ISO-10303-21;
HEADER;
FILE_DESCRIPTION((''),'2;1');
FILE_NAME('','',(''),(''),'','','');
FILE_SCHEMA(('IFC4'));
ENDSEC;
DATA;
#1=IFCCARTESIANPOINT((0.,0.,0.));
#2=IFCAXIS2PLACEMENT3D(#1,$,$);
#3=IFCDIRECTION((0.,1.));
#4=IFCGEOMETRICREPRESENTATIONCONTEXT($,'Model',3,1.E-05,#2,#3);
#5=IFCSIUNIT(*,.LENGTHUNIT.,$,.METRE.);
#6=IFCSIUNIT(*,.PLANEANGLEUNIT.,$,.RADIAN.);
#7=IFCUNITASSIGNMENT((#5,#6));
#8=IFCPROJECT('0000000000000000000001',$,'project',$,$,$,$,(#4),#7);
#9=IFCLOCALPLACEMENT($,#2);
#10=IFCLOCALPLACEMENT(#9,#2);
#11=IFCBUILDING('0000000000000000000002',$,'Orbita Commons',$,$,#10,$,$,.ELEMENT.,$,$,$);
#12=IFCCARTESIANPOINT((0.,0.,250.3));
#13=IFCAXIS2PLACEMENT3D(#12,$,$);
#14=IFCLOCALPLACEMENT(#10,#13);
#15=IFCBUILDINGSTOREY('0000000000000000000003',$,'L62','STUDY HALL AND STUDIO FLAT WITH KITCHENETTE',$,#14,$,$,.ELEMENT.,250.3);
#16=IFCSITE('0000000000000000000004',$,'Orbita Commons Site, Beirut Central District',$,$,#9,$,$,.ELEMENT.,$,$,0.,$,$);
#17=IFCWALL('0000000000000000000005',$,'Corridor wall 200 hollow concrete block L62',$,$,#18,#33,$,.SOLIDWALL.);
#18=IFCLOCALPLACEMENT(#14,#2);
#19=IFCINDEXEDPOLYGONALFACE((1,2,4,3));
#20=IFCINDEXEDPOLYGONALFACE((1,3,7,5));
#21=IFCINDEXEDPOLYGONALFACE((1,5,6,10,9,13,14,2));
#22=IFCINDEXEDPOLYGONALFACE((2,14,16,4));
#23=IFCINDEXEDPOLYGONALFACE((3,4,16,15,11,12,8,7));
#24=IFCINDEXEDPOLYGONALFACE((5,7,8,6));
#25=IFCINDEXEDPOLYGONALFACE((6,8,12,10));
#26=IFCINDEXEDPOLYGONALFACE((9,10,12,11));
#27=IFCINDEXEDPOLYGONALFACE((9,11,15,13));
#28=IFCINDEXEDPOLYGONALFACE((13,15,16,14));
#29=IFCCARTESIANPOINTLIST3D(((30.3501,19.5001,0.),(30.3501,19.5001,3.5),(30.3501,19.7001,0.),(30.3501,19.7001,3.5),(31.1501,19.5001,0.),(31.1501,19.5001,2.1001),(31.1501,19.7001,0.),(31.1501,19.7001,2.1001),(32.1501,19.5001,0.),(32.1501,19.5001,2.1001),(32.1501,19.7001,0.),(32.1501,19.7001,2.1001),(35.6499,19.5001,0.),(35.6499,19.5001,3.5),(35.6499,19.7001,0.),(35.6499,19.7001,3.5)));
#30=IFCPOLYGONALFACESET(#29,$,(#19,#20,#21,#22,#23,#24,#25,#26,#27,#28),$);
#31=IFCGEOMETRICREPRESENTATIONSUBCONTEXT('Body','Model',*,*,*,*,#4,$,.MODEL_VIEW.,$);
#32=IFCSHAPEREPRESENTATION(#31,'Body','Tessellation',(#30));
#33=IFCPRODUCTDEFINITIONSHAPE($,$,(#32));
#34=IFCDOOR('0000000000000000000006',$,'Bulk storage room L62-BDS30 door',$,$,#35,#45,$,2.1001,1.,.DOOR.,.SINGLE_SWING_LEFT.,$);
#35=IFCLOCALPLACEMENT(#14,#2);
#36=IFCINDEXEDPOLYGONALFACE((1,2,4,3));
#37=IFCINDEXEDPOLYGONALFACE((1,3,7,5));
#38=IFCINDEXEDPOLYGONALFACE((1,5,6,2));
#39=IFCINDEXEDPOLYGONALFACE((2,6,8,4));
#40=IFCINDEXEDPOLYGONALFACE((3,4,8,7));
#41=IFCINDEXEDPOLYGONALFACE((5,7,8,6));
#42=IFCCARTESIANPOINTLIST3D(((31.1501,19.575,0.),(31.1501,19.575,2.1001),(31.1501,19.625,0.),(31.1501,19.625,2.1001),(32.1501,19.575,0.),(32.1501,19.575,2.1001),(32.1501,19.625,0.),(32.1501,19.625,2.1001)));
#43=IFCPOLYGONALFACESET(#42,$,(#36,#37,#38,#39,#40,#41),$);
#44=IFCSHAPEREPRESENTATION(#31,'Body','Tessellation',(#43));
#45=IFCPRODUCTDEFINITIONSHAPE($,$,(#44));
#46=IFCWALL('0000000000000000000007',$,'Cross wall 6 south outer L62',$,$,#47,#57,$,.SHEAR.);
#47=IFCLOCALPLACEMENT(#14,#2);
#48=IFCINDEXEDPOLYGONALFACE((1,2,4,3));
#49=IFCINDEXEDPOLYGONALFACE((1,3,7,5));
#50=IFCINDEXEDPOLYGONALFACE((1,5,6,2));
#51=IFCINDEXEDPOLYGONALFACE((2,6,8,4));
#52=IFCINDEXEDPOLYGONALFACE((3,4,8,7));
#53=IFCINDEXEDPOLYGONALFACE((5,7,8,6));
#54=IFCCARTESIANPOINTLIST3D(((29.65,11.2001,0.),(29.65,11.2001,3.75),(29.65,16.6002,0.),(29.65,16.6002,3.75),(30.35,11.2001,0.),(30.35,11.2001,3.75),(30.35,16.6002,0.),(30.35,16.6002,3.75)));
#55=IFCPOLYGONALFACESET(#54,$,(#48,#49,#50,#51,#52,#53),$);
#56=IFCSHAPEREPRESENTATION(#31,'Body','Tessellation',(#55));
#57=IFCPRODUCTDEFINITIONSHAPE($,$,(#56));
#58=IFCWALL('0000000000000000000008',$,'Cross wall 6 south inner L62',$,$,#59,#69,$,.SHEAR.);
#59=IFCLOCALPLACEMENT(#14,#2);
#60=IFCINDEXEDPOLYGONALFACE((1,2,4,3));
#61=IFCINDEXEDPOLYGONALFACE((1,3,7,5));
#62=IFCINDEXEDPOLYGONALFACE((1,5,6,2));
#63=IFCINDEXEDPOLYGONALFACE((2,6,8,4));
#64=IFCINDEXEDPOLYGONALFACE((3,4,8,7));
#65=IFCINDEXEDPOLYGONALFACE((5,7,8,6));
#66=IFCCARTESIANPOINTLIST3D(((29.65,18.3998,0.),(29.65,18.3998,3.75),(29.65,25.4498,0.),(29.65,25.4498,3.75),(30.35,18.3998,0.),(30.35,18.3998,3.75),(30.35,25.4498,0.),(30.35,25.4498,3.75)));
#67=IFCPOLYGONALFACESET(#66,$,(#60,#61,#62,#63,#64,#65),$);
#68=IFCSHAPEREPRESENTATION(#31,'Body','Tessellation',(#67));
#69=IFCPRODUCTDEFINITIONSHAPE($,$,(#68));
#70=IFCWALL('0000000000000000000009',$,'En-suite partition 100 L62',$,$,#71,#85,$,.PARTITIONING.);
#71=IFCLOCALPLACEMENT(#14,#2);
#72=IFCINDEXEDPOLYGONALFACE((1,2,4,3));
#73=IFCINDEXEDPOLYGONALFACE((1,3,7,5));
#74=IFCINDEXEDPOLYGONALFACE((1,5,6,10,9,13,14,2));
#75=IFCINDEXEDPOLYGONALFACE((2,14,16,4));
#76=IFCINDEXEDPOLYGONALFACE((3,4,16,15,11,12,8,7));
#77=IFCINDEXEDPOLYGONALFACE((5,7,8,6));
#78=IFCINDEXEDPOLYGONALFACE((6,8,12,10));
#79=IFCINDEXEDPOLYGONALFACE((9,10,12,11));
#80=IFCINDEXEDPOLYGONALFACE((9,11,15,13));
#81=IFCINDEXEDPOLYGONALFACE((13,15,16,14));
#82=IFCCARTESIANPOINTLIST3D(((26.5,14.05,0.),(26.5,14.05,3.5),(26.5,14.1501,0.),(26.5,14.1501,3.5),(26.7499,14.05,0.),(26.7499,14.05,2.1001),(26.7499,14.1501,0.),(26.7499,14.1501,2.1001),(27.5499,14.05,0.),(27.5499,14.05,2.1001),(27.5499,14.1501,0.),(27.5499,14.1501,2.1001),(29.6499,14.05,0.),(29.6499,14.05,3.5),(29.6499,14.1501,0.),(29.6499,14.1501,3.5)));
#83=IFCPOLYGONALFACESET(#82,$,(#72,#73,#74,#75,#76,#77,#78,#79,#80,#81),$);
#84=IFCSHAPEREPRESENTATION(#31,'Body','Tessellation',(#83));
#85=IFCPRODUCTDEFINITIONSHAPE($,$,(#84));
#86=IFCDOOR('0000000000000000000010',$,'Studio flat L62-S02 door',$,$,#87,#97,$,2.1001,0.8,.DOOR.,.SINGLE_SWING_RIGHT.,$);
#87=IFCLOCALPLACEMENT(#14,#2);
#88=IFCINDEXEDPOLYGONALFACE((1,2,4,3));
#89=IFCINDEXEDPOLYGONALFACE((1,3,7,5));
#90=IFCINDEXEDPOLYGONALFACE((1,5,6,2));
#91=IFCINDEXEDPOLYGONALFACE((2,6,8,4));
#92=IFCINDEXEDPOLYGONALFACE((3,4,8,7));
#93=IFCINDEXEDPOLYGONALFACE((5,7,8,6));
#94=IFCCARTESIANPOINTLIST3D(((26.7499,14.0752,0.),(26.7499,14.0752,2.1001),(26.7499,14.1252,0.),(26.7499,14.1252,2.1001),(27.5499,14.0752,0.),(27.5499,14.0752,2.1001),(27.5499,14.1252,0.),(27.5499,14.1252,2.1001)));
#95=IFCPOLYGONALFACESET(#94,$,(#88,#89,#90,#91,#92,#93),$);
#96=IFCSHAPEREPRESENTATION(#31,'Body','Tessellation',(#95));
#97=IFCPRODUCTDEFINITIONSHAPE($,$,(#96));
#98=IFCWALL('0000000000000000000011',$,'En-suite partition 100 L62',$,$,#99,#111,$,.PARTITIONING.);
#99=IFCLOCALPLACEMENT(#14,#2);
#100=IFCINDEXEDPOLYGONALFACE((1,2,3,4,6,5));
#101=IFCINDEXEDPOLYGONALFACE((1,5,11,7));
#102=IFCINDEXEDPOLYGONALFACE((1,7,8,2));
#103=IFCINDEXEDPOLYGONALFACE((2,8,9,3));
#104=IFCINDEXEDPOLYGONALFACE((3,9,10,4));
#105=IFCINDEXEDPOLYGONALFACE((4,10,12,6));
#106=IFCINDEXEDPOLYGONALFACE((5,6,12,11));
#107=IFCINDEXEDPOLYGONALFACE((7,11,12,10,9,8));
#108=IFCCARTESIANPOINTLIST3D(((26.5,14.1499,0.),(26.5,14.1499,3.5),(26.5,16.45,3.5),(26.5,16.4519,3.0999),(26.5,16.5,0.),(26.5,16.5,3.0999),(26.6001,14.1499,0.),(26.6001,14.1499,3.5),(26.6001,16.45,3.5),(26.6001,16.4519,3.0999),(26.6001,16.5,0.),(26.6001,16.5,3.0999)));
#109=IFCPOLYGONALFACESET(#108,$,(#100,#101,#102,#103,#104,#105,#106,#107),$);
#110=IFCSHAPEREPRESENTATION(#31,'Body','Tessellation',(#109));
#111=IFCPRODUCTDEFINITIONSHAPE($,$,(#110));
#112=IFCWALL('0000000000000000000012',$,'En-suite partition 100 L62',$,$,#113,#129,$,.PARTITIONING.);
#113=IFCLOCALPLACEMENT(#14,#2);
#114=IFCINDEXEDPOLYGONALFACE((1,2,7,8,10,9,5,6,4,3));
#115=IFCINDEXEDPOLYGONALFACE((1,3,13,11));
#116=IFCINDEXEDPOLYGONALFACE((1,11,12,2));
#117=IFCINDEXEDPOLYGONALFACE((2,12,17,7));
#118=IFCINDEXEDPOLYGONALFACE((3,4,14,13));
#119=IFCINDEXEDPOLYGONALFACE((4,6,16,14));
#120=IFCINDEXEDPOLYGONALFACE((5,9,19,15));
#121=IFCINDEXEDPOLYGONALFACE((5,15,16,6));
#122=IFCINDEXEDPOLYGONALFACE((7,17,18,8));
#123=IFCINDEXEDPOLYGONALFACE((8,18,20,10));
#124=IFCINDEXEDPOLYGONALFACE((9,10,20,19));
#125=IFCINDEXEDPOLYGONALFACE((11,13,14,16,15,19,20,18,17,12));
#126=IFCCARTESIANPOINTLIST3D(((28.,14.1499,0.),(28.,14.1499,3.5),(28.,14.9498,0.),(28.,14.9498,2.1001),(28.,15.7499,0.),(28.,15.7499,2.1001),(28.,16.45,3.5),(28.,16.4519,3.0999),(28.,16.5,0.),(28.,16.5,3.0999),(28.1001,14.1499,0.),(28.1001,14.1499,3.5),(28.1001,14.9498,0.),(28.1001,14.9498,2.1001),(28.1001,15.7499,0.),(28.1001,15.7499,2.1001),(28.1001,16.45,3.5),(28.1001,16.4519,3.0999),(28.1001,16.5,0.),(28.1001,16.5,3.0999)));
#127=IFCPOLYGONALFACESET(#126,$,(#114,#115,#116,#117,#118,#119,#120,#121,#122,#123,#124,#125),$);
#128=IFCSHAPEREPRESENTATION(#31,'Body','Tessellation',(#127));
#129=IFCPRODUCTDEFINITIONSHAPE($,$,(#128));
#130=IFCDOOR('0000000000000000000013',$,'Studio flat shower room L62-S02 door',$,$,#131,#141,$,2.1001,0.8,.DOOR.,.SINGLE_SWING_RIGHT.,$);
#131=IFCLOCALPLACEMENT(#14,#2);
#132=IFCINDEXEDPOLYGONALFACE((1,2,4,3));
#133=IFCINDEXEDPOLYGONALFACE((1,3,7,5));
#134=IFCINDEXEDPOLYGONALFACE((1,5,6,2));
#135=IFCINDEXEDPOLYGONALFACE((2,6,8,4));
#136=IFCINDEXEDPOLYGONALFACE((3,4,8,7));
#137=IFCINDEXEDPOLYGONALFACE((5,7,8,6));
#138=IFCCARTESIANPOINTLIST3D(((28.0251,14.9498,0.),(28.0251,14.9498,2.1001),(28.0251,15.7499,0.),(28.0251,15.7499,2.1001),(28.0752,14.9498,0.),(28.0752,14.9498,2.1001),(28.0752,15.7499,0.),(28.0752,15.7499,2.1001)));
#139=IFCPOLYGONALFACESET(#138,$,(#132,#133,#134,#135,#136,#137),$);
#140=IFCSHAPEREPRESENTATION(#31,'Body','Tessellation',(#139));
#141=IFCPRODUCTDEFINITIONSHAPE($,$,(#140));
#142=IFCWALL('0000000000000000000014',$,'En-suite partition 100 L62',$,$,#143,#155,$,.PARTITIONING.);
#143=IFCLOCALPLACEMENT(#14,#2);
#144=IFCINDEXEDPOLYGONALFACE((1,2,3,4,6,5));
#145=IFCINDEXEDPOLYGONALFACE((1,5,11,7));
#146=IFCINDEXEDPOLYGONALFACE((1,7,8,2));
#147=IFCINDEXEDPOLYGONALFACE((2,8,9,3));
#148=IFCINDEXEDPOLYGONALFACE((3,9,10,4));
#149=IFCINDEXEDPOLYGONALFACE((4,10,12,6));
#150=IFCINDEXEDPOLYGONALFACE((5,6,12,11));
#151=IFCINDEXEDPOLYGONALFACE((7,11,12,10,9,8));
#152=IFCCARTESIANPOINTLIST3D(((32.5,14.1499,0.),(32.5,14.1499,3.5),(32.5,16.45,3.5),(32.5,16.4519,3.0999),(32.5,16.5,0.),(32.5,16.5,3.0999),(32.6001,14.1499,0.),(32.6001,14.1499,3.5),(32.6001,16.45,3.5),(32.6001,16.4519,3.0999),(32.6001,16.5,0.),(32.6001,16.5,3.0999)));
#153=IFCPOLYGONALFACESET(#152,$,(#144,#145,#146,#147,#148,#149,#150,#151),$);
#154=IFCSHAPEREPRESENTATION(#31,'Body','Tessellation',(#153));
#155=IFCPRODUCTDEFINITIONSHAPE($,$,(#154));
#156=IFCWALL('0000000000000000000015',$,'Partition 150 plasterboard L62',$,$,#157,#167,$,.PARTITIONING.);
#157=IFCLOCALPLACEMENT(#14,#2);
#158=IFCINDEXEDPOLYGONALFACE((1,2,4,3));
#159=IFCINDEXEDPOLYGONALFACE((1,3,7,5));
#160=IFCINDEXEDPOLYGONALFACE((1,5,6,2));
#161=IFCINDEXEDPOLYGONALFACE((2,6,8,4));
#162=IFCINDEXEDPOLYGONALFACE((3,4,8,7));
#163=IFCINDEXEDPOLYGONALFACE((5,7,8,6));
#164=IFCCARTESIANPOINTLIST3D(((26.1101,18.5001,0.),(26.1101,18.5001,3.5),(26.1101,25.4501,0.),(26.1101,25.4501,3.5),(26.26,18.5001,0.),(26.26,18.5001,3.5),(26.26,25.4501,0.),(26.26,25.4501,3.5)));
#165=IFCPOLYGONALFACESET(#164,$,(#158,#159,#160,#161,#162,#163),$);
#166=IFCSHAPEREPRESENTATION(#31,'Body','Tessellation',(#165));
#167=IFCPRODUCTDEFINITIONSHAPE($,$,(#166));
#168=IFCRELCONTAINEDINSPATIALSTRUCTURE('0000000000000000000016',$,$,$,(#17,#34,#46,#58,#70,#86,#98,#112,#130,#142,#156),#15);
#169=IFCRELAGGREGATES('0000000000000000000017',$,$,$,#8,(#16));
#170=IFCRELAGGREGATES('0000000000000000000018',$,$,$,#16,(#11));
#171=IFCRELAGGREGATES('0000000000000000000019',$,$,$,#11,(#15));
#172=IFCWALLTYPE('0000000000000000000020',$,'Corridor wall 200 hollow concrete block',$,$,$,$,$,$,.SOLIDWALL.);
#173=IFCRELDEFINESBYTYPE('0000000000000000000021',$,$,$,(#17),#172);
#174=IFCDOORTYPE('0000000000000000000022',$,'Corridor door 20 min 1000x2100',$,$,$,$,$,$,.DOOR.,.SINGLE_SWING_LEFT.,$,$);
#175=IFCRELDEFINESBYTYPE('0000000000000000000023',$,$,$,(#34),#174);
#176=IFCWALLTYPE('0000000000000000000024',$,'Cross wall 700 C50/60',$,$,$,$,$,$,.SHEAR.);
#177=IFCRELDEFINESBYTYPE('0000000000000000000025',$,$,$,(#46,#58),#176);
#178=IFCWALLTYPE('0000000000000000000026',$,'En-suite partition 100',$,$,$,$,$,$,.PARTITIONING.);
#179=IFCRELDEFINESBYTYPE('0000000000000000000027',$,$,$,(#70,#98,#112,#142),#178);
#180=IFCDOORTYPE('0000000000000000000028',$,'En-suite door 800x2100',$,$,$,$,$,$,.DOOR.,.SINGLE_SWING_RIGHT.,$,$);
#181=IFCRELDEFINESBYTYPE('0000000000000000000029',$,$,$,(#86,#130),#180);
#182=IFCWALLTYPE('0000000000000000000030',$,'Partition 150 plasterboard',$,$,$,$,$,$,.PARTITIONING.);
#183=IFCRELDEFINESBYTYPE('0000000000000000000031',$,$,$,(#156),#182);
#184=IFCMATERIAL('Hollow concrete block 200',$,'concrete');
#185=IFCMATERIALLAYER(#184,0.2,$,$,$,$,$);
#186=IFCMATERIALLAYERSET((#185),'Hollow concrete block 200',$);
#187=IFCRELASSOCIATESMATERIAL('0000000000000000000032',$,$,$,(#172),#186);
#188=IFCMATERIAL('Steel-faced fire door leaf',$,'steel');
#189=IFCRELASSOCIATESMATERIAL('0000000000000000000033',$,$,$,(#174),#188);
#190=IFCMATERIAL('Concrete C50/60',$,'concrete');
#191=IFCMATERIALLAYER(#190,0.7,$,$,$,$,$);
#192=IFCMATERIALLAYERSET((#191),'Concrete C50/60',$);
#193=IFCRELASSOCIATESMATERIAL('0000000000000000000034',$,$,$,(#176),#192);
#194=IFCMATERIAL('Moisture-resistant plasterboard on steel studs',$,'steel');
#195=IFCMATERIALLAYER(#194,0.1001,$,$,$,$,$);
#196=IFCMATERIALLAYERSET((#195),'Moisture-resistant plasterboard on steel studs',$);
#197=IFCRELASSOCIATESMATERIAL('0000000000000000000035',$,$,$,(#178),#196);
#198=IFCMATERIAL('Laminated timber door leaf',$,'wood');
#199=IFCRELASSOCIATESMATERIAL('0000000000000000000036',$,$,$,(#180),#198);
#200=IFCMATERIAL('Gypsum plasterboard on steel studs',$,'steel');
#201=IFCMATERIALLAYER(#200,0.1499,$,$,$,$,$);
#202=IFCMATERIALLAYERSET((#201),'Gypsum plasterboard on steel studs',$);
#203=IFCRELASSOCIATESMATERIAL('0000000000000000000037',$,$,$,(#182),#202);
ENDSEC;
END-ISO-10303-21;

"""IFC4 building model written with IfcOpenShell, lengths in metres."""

from ifc_helpers import new_model, si_unit, direction, frame, frame_2d, origin, place, context, subcontext, project, spatial, polyline, rectangle, outline, extrude, material, layer, layer_set, type_object, element, fill, save


model = new_model("IFC4")

# Units and contexts
model_context = context("Model", 3, precision=1e-05, world=origin(), true_north=direction((0.0, 1.0)))
body_context = subcontext(model_context, "Body", "Model", "MODEL_VIEW")
ifc_project = project(units=[si_unit("LENGTHUNIT", "METRE"), si_unit("PLANEANGLEUNIT", "RADIAN")], contexts=[model_context])

# Site, building, storey
site_placement = place(None, origin())
site = spatial("IfcSite", under=ifc_project, at=site_placement, Name="Orbita Commons Site, Beirut Central District", CompositionType="ELEMENT", RefElevation=0.0)
building_placement = place(site_placement, origin())
building = spatial("IfcBuilding", under=site, at=building_placement, Name="Orbita Commons", CompositionType="ELEMENT")
storey_placement = place(building_placement, frame((0.0, 0.0, 250.3)))
storey = spatial("IfcBuildingStorey", under=building, at=storey_placement, Name="L62", Description="STUDY HALL AND STUDIO FLAT WITH KITCHENETTE", CompositionType="ELEMENT", Elevation=250.3)

# Shared definitions
ifc_material_1 = material(Name="Hollow concrete block 200", Category="concrete")
ifc_layer_1 = layer(ifc_material_1, 0.2)
ifc_layer_set_1 = layer_set([ifc_layer_1], Name="Hollow concrete block 200")
wall_type_1 = type_object("IfcWallType", Name="Corridor wall 200 hollow concrete block", PredefinedType="SOLIDWALL", material=ifc_layer_set_1)

# Wall, opening, door
wall_1_placement = place(storey_placement, frame((30.3501, 19.6001, 0.0), z_axis=(0.0, 0.0, 1.0), x_axis=(1.0, 0.0, 0.0)))
wall_1 = element("IfcWall", 1, at=wall_1_placement, inside=storey, type_object=wall_type_1, Name="Corridor wall 200 hollow concrete block L62", PredefinedType="SOLIDWALL", context=body_context, shape_type="SweptSolid", body=[
    extrude(rectangle(XDim=5.2998, YDim=0.2, at=frame_2d((2.6499, 0.0))), origin(), (0.0, 0.0, 1.0), 3.5),
])
opening_1_placement = place(wall_1_placement, frame((0.8, 0.0, 0.0)))
opening_1 = element("IfcOpeningElement", 2, at=opening_1_placement, cuts=wall_1, PredefinedType="OPENING", context=body_context, shape_type="SweptSolid", body=[
    extrude(rectangle(XDim=1.0, YDim=2.1001, at=frame_2d((0.5, 1.05))), frame((0.0, 0.1099, 0.0), z_axis=(0.0, -1.0, 0.0), x_axis=(1.0, 0.0, 0.0)), (0.0, 0.0, 1.0), 0.22),
])
ifc_material_2 = material(Name="Steel-faced fire door leaf", Category="steel")
door_type_1 = type_object("IfcDoorType", Name="Corridor door 20 min 1000x2100", OperationType="SINGLE_SWING_LEFT", PredefinedType="DOOR", material=ifc_material_2)
door_1_placement = place(opening_1_placement, origin())
door_1 = element("IfcDoor", 3, at=door_1_placement, inside=storey, type_object=door_type_1, Name="Bulk storage room L62-BDS30 door", OperationType="SINGLE_SWING_LEFT", OverallHeight=2.1001, OverallWidth=1.0, PredefinedType="DOOR", context=body_context, shape_type="SweptSolid", body=[
    extrude(rectangle(XDim=1.0, YDim=2.1001, at=frame_2d((0.5, 1.05))), frame((0.0, 0.0249, 0.0), z_axis=(0.0, -1.0, 0.0), x_axis=(1.0, 0.0, 0.0)), (0.0, 0.0, 1.0), 0.05),
])
fill(opening_1, door_1)

# Walls
ifc_material_3 = material(Name="Concrete C50/60", Category="concrete")
ifc_layer_2 = layer(ifc_material_3, 0.7)
ifc_layer_set_2 = layer_set([ifc_layer_2], Name="Concrete C50/60")
wall_type_2 = type_object("IfcWallType", Name="Cross wall 700 C50/60", PredefinedType="SHEAR", material=ifc_layer_set_2)
wall_2_placement = place(storey_placement, frame((30.0, 11.2, 0.0), z_axis=(0.0, 0.0, 1.0), x_axis=(0.0, 1.0, 0.0)))
element("IfcWall", 4, at=wall_2_placement, inside=storey, type_object=wall_type_2, Name="Cross wall 6 south outer L62", PredefinedType="SHEAR", context=body_context, shape_type="SweptSolid", body=[
    extrude(rectangle(XDim=5.4001, YDim=0.7, at=frame_2d((2.7002, 0.0))), origin(), (0.0, 0.0, 1.0), 3.75),
])
wall_3_placement = place(storey_placement, frame((30.0, 18.3999, 0.0), z_axis=(0.0, 0.0, 1.0), x_axis=(0.0, 1.0, 0.0)))
element("IfcWall", 5, at=wall_3_placement, inside=storey, type_object=wall_type_2, Name="Cross wall 6 south inner L62", PredefinedType="SHEAR", context=body_context, shape_type="SweptSolid", body=[
    extrude(rectangle(XDim=7.05, YDim=0.7, at=frame_2d((3.5249, 0.0))), origin(), (0.0, 0.0, 1.0), 3.75),
])

# Wall, opening, door
ifc_material_4 = material(Name="Moisture-resistant plasterboard on steel studs", Category="steel")
ifc_layer_3 = layer(ifc_material_4, 0.1001)
ifc_layer_set_3 = layer_set([ifc_layer_3], Name="Moisture-resistant plasterboard on steel studs")
wall_type_3 = type_object("IfcWallType", Name="En-suite partition 100", PredefinedType="PARTITIONING", material=ifc_layer_set_3)
wall_4_placement = place(storey_placement, frame((29.6499, 14.1001, 0.0), z_axis=(0.0, 0.0, 1.0), x_axis=(-1.0, 0.0, 0.0)))
wall_4 = element("IfcWall", 6, at=wall_4_placement, inside=storey, type_object=wall_type_3, Name="En-suite partition 100 L62", PredefinedType="PARTITIONING", context=body_context, shape_type="SweptSolid", body=[
    extrude(rectangle(XDim=3.1499, YDim=0.1001, at=frame_2d((1.575, 0.0))), origin(), (0.0, 0.0, 1.0), 3.5),
])
opening_2_placement = place(wall_4_placement, frame((2.1001, 0.0, 0.0)))
opening_2 = element("IfcOpeningElement", 7, at=opening_2_placement, cuts=wall_4, PredefinedType="OPENING", context=body_context, shape_type="SweptSolid", body=[
    extrude(rectangle(XDim=0.8, YDim=2.1001, at=frame_2d((0.3999, 1.05))), frame((0.0, 0.0601, 0.0), z_axis=(0.0, -1.0, 0.0), x_axis=(1.0, 0.0, 0.0)), (0.0, 0.0, 1.0), 0.1201),
])
ifc_material_5 = material(Name="Laminated timber door leaf", Category="wood")
door_type_2 = type_object("IfcDoorType", Name="En-suite door 800x2100", OperationType="SINGLE_SWING_RIGHT", PredefinedType="DOOR", material=ifc_material_5)
door_2_placement = place(opening_2_placement, origin())
door_2 = element("IfcDoor", 8, at=door_2_placement, inside=storey, type_object=door_type_2, Name="Studio flat L62-S02 door", OperationType="SINGLE_SWING_RIGHT", OverallHeight=2.1001, OverallWidth=0.8, PredefinedType="DOOR", context=body_context, shape_type="SweptSolid", body=[
    extrude(rectangle(XDim=0.8, YDim=2.1001, at=frame_2d((0.3999, 1.05))), frame((0.0, 0.0249, 0.0), z_axis=(0.0, -1.0, 0.0), x_axis=(1.0, 0.0, 0.0)), (0.0, 0.0, 1.0), 0.05),
])
fill(opening_2, door_2)

# Wall
wall_5_placement = place(storey_placement, frame((26.55, 14.1499, 0.0), z_axis=(0.0, 0.0, 1.0), x_axis=(0.0, 1.0, 0.0)))
element("IfcWall", 9, at=wall_5_placement, inside=storey, type_object=wall_type_3, Name="En-suite partition 100 L62", PredefinedType="PARTITIONING", context=body_context, shape_type="SweptSolid", body=[
    extrude(outline(polyline([(0.0, 0.0), (2.3501, 0.0), (2.3501, 3.0999), (2.302, 3.0999), (2.3, 3.5), (0.0, 3.5), (0.0, 0.0)])), frame((0.0, 0.05, 0.0), z_axis=(0.0, -1.0, 0.0), x_axis=(1.0, 0.0, 0.0)), (0.0, 0.0, 1.0), 0.1001),
])

# Wall, opening, door
wall_6_placement = place(storey_placement, frame((28.05, 14.1499, 0.0), z_axis=(0.0, 0.0, 1.0), x_axis=(0.0, 1.0, 0.0)))
wall_6 = element("IfcWall", 10, at=wall_6_placement, inside=storey, type_object=wall_type_3, Name="En-suite partition 100 L62", PredefinedType="PARTITIONING", context=body_context, shape_type="SweptSolid", body=[
    extrude(outline(polyline([(0.0, 0.0), (2.3501, 0.0), (2.3501, 3.0999), (2.302, 3.0999), (2.3, 3.5), (0.0, 3.5), (0.0, 0.0)])), frame((0.0, 0.05, 0.0), z_axis=(0.0, -1.0, 0.0), x_axis=(1.0, 0.0, 0.0)), (0.0, 0.0, 1.0), 0.1001),
])
opening_3_placement = place(wall_6_placement, frame((0.8, 0.0, 0.0)))
opening_3 = element("IfcOpeningElement", 11, at=opening_3_placement, cuts=wall_6, PredefinedType="OPENING", context=body_context, shape_type="SweptSolid", body=[
    extrude(rectangle(XDim=0.8, YDim=2.1001, at=frame_2d((0.3999, 1.05))), frame((0.0, 0.0601, 0.0), z_axis=(0.0, -1.0, 0.0), x_axis=(1.0, 0.0, 0.0)), (0.0, 0.0, 1.0), 0.1201),
])
door_3_placement = place(opening_3_placement, origin())
door_3 = element("IfcDoor", 12, at=door_3_placement, inside=storey, type_object=door_type_2, Name="Studio flat shower room L62-S02 door", OperationType="SINGLE_SWING_RIGHT", OverallHeight=2.1001, OverallWidth=0.8, PredefinedType="DOOR", context=body_context, shape_type="SweptSolid", body=[
    extrude(rectangle(XDim=0.8, YDim=2.1001, at=frame_2d((0.3999, 1.05))), frame((0.0, 0.0249, 0.0), z_axis=(0.0, -1.0, 0.0), x_axis=(1.0, 0.0, 0.0)), (0.0, 0.0, 1.0), 0.05),
])
fill(opening_3, door_3)

# Walls
wall_7_placement = place(storey_placement, frame((32.55, 14.1499, 0.0), z_axis=(0.0, 0.0, 1.0), x_axis=(0.0, 1.0, 0.0)))
element("IfcWall", 13, at=wall_7_placement, inside=storey, type_object=wall_type_3, Name="En-suite partition 100 L62", PredefinedType="PARTITIONING", context=body_context, shape_type="SweptSolid", body=[
    extrude(outline(polyline([(0.0, 0.0), (2.3501, 0.0), (2.3501, 3.0999), (2.302, 3.0999), (2.3, 3.5), (0.0, 3.5), (0.0, 0.0)])), frame((0.0, 0.05, 0.0), z_axis=(0.0, -1.0, 0.0), x_axis=(1.0, 0.0, 0.0)), (0.0, 0.0, 1.0), 0.1001),
])
ifc_material_6 = material(Name="Gypsum plasterboard on steel studs", Category="steel")
ifc_layer_4 = layer(ifc_material_6, 0.1499)
ifc_layer_set_4 = layer_set([ifc_layer_4], Name="Gypsum plasterboard on steel studs")
wall_type_4 = type_object("IfcWallType", Name="Partition 150 plasterboard", PredefinedType="PARTITIONING", material=ifc_layer_set_4)
wall_8_placement = place(storey_placement, frame((26.1851, 18.5, 0.0), z_axis=(0.0, 0.0, 1.0), x_axis=(0.0, 1.0, 0.0)))
element("IfcWall", 14, at=wall_8_placement, inside=storey, type_object=wall_type_4, Name="Partition 150 plasterboard L62", PredefinedType="PARTITIONING", context=body_context, shape_type="SweptSolid", body=[
    extrude(rectangle(XDim=6.95, YDim=0.1499, at=frame_2d((3.4751, 0.0))), origin(), (0.0, 0.0, 1.0), 3.5),
])

save(model, "model.ifc")
